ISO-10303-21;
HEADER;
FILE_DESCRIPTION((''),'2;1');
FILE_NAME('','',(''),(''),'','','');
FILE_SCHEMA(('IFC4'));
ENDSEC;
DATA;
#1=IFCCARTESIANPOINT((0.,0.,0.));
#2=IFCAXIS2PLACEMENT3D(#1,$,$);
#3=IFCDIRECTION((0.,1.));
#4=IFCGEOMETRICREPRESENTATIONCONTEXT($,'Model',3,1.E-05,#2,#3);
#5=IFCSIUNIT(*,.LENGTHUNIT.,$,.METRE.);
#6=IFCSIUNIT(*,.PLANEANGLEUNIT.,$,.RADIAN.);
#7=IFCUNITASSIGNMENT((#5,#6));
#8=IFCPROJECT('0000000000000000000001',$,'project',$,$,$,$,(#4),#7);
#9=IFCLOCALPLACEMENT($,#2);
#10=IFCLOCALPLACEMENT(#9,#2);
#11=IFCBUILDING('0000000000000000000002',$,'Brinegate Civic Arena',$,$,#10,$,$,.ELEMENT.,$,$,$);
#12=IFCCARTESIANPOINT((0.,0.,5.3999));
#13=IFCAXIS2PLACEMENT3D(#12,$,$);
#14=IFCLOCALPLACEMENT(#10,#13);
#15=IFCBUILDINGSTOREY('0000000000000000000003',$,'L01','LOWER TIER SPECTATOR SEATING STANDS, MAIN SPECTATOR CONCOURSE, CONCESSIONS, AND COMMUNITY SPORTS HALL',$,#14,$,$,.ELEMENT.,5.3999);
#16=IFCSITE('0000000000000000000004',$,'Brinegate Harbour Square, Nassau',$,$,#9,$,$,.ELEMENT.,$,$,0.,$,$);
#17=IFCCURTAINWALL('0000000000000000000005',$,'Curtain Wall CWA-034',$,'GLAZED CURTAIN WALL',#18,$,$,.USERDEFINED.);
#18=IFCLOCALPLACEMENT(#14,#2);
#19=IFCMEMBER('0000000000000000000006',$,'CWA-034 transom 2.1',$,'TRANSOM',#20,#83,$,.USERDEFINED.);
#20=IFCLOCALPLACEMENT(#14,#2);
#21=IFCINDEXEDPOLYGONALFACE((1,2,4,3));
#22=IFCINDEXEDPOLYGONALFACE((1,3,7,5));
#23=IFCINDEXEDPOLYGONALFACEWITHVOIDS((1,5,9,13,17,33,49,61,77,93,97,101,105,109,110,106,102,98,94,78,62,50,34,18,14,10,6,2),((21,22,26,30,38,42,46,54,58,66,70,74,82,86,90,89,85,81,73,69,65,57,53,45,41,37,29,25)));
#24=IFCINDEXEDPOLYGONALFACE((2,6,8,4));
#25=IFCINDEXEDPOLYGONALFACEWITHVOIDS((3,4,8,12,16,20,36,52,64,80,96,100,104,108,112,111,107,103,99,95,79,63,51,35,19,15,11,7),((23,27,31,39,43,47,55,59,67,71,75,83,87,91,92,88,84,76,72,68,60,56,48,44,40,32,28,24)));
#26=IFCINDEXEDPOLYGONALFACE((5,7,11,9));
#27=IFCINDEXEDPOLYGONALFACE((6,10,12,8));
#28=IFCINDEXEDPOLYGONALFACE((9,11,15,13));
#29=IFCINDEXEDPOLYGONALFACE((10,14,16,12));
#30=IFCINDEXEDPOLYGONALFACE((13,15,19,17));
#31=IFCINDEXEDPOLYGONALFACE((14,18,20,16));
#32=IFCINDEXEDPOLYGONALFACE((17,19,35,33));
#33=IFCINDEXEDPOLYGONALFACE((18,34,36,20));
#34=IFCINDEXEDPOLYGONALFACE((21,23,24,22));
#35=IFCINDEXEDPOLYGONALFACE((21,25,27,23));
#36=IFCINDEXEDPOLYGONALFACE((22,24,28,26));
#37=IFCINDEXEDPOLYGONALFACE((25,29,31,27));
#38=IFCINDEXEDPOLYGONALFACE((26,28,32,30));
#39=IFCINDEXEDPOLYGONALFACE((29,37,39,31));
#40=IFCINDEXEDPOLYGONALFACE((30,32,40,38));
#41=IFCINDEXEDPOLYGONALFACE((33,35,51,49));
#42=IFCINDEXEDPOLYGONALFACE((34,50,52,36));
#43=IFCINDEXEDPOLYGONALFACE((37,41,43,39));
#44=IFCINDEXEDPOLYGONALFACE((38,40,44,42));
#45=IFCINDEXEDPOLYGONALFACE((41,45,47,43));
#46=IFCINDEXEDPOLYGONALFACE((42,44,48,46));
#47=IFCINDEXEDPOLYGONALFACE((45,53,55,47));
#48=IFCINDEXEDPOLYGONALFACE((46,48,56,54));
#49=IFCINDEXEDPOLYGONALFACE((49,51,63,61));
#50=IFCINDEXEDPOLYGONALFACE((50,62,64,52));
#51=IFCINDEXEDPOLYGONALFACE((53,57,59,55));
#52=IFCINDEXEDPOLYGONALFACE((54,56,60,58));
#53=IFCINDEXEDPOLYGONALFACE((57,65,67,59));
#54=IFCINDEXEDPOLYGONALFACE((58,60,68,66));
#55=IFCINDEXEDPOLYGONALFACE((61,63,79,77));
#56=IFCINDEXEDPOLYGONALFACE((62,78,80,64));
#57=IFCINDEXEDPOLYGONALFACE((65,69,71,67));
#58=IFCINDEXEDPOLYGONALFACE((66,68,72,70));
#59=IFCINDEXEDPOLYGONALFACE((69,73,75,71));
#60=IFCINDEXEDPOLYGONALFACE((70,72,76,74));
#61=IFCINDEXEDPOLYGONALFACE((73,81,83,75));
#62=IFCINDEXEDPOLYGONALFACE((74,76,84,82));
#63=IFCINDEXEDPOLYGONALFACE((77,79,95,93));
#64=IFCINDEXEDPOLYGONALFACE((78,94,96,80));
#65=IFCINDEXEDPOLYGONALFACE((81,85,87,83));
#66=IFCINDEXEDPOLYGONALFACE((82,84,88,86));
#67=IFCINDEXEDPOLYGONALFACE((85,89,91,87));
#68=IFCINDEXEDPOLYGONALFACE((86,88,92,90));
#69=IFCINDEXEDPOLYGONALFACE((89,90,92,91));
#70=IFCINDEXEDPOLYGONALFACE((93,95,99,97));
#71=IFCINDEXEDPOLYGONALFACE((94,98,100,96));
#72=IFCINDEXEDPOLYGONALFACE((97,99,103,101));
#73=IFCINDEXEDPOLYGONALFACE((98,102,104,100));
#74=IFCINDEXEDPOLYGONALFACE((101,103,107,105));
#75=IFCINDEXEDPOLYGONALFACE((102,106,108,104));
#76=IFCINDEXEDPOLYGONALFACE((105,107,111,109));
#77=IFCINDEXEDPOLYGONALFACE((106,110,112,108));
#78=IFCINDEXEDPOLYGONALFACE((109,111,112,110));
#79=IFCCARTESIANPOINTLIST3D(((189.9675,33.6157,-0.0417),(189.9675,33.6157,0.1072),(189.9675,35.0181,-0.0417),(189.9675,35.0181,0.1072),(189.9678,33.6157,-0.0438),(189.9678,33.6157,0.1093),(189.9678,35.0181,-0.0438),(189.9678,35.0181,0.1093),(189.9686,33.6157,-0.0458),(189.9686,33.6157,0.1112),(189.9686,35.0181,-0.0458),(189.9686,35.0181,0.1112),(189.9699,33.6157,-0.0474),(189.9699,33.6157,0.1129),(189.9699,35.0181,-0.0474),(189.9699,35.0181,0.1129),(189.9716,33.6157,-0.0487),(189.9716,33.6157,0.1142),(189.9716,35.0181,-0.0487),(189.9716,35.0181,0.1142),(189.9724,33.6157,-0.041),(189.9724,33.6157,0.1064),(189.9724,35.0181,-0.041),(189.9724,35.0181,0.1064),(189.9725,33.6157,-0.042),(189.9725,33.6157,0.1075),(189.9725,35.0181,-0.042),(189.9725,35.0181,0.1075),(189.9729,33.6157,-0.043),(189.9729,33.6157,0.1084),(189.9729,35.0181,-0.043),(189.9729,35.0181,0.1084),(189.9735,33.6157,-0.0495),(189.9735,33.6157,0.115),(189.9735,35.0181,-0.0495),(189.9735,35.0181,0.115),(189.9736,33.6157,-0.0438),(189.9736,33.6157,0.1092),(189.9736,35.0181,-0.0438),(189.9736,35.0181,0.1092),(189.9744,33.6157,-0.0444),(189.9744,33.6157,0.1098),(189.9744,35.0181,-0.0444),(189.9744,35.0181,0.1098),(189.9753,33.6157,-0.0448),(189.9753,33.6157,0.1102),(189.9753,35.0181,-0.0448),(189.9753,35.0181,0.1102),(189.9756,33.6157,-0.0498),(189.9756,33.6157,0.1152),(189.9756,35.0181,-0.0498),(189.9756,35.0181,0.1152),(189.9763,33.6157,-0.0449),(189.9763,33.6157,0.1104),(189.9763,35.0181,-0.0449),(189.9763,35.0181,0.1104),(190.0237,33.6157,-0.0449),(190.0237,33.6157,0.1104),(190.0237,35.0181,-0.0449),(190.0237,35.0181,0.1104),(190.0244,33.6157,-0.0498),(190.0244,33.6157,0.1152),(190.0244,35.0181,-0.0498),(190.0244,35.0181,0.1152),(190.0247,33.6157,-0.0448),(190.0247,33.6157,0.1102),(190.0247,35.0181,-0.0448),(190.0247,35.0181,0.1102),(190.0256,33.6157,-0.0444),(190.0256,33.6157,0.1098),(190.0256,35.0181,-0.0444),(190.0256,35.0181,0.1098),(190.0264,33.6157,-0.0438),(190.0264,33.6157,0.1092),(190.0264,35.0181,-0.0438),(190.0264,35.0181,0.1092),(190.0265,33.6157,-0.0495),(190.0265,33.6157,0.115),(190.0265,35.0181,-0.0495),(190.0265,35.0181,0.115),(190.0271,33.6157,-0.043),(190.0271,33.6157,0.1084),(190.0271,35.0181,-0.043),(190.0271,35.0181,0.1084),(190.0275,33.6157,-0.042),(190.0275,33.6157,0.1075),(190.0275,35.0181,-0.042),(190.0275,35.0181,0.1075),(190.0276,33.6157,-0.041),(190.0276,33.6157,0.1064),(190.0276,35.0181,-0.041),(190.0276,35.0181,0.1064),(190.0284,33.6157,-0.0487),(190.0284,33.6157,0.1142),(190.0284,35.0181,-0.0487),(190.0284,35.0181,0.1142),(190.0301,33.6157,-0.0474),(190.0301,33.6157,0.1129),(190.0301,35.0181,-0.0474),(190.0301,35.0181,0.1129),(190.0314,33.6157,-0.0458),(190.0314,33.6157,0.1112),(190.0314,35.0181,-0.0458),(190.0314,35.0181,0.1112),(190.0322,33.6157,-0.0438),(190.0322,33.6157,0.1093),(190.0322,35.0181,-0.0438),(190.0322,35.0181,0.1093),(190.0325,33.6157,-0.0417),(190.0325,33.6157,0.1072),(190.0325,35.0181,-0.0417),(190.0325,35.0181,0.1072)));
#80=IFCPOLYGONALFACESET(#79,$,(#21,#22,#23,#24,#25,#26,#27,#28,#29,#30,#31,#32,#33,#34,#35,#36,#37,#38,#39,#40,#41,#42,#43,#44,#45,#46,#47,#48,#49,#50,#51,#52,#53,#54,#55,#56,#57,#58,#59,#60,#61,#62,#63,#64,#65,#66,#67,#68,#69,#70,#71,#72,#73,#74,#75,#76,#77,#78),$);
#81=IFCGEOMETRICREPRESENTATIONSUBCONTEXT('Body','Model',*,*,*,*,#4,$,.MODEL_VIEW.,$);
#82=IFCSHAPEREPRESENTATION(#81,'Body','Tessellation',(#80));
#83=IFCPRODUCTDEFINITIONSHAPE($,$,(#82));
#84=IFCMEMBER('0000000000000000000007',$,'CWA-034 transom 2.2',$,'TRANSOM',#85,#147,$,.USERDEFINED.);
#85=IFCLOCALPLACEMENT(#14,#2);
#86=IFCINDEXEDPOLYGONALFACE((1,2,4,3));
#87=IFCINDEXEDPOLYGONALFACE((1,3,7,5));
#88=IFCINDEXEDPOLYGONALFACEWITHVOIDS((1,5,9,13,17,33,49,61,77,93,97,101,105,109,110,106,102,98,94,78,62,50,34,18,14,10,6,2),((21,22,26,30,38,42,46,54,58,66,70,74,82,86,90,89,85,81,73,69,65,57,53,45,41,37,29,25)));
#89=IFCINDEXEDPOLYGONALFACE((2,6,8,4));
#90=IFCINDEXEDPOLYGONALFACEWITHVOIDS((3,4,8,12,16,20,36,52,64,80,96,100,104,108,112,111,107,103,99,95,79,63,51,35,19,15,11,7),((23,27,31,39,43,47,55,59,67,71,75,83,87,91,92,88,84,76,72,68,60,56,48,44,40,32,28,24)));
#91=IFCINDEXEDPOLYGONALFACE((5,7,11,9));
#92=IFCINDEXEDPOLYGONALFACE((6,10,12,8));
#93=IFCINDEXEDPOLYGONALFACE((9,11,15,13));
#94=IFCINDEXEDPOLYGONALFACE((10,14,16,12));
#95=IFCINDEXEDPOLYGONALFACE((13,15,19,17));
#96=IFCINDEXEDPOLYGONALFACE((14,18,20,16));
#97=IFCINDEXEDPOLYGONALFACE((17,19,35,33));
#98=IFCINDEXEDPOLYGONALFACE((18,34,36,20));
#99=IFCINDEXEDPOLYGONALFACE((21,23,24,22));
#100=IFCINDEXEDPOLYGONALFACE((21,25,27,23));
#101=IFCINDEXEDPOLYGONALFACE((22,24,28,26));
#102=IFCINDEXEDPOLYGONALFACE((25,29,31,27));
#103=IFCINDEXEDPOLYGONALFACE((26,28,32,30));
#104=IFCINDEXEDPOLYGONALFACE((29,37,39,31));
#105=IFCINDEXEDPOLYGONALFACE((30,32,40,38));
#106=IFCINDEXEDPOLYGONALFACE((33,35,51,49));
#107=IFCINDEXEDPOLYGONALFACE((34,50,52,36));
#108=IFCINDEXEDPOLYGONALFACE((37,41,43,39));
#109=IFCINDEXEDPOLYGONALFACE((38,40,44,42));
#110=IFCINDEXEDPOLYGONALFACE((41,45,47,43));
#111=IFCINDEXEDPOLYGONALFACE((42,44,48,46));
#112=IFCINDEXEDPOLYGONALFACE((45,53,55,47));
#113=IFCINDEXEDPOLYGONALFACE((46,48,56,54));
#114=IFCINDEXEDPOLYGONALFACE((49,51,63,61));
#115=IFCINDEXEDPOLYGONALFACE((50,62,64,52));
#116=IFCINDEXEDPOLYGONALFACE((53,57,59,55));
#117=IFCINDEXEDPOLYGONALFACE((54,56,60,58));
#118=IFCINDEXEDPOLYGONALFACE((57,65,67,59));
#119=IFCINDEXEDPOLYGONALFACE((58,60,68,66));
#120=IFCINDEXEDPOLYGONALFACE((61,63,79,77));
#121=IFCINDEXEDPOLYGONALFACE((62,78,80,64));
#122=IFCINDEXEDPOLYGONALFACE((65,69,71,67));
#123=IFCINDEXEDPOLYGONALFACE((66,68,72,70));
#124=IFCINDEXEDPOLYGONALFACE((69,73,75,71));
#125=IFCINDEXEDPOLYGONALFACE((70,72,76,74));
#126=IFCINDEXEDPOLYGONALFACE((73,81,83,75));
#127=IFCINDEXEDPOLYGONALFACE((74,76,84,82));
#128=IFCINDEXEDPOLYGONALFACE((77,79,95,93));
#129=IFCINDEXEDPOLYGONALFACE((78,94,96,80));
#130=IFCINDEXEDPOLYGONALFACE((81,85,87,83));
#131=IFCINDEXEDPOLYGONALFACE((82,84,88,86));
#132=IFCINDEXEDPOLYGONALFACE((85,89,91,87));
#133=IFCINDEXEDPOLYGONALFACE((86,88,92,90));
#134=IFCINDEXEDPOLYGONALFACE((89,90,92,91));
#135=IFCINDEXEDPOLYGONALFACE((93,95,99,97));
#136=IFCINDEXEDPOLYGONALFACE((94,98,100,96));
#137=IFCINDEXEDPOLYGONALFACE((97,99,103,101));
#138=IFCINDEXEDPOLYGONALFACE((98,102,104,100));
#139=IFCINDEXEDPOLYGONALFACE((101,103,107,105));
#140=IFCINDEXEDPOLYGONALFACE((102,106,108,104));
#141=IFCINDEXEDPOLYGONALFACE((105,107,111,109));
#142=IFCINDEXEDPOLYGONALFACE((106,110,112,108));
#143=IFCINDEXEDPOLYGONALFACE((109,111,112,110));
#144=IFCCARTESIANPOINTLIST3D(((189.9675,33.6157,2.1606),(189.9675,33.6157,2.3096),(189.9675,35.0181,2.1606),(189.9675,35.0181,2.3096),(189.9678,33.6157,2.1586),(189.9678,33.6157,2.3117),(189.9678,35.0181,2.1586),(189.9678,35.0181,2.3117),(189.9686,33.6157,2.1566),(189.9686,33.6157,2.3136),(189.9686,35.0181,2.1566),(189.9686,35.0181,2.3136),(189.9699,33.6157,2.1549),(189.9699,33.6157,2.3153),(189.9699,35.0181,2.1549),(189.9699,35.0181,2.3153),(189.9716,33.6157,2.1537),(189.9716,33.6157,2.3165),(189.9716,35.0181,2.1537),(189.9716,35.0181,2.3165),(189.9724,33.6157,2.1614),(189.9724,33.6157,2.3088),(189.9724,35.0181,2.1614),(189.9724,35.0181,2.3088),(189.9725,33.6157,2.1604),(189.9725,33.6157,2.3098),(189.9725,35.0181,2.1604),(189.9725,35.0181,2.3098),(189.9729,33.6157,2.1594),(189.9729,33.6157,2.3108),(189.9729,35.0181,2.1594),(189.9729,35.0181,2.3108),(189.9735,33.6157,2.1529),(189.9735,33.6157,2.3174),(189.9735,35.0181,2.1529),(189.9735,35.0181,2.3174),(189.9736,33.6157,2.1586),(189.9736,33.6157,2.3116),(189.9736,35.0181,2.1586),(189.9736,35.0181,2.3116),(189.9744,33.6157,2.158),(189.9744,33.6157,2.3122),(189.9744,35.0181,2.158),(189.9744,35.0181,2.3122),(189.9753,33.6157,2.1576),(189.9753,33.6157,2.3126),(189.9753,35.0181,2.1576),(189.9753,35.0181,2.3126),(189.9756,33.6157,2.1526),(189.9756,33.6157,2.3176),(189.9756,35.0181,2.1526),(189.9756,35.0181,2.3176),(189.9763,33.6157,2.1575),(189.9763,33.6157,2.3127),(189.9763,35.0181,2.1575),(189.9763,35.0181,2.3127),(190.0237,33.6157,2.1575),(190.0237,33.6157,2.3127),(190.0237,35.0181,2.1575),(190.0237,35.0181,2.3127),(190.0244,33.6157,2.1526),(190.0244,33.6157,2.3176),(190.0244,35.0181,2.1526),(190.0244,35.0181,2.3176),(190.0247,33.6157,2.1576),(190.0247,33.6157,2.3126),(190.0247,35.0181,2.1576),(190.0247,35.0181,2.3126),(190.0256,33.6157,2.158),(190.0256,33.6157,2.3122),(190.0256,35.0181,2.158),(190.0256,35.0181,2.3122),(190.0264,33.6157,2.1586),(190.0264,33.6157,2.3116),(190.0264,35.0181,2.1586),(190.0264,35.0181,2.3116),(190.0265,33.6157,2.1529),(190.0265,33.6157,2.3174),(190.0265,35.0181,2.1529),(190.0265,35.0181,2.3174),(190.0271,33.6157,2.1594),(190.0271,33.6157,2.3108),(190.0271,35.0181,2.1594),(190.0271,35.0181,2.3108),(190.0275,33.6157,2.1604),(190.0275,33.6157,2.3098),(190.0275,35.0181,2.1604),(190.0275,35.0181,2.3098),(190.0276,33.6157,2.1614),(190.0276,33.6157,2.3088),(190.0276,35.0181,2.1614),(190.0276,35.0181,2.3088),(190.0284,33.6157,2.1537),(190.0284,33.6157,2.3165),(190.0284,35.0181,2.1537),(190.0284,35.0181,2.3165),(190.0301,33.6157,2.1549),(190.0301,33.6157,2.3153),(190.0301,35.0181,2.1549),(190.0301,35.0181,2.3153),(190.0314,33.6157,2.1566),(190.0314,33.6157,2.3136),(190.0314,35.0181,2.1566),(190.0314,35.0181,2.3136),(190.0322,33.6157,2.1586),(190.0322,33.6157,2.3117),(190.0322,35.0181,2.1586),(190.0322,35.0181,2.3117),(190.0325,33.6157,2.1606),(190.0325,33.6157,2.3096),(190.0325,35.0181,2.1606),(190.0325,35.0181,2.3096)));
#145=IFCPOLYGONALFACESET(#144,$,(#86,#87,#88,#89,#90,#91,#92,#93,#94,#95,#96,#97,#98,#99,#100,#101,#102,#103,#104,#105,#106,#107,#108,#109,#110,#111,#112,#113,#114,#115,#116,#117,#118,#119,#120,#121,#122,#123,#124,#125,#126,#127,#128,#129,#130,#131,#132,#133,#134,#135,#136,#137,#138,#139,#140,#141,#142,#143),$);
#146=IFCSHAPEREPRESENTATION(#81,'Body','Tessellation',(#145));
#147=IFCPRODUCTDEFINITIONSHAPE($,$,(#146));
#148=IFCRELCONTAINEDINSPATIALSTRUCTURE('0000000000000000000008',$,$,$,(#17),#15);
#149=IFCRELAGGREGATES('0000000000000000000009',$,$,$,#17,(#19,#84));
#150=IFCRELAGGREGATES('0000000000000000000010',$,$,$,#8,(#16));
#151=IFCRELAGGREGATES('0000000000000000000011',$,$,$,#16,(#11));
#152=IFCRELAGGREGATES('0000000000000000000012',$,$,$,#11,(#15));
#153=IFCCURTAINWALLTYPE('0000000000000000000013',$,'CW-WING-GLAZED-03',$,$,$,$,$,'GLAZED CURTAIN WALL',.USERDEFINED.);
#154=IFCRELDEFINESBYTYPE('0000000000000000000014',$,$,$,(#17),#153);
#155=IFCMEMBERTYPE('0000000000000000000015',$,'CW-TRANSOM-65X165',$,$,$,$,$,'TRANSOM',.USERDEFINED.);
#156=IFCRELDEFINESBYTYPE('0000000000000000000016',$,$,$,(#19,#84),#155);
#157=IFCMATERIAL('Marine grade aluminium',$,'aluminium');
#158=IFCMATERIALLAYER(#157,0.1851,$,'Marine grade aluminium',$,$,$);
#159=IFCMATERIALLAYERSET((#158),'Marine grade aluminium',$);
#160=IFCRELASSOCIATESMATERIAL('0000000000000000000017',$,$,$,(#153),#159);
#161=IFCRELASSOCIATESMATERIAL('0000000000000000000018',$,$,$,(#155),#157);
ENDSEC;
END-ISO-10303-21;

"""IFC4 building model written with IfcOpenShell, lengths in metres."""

from ifc_helpers import new_model, si_unit, direction, frame, origin, origin_2d, place, context, subcontext, project, spatial, hollow_rectangle, extrude, material, layer, layer_set, material_profile, profile_set, type_object, element, aggregate, save


model = new_model("IFC4")

# Units and contexts
model_context = context("Model", 3, precision=1e-05, world=origin(), true_north=direction((0.0, 1.0)))
body_context = subcontext(model_context, "Body", "Model", "MODEL_VIEW")
ifc_project = project(units=[si_unit("LENGTHUNIT", "METRE"), si_unit("PLANEANGLEUNIT", "RADIAN")], contexts=[model_context])

# Site, building, storey
site_placement = place(None, origin())
site = spatial("IfcSite", under=ifc_project, at=site_placement, Name="Brinegate Harbour Square, Nassau", CompositionType="ELEMENT", RefElevation=0.0)
building_placement = place(site_placement, origin())
building = spatial("IfcBuilding", under=site, at=building_placement, Name="Brinegate Civic Arena", CompositionType="ELEMENT")
storey_placement = place(building_placement, frame((0.0, 0.0, 5.3999)))
storey = spatial("IfcBuildingStorey", under=building, at=storey_placement, Name="L01", Description="LOWER TIER SPECTATOR SEATING STANDS, MAIN SPECTATOR CONCOURSE, CONCESSIONS, AND COMMUNITY SPORTS HALL", CompositionType="ELEMENT", Elevation=5.3999)

# Curtain wall, members
ifc_material_1 = material(Name="Marine grade aluminium", Category="aluminium")
ifc_layer_1 = layer(ifc_material_1, 0.1851, Name="Marine grade aluminium")
ifc_layer_set_1 = layer_set([ifc_layer_1], Name="Marine grade aluminium")
curtain_wall_type = type_object("IfcCurtainWallType", Name="CW-WING-GLAZED-03", ElementType="GLAZED CURTAIN WALL", PredefinedType="USERDEFINED", material=ifc_layer_set_1)
curtain_wall_placement = place(storey_placement, origin())
curtain_wall = element("IfcCurtainWall", 1, at=curtain_wall_placement, inside=storey, type_object=curtain_wall_type, Name="Curtain Wall CWA-034", ObjectType="GLAZED CURTAIN WALL", PredefinedType="USERDEFINED")
ifc_material_profile_1 = material_profile(ifc_material_1, hollow_rectangle(XDim=0.0649, YDim=0.165, WallThickness=0.0049, InnerFilletRadius=0.0039, OuterFilletRadius=0.0081, at=origin_2d()), Name="TRN65X165")
ifc_profile_set_1 = profile_set([ifc_material_profile_1], Name="Marine grade aluminium")
member_type_1 = type_object("IfcMemberType", Name="CW-TRANSOM-65X165", ElementType="TRANSOM", PredefinedType="USERDEFINED", material=ifc_profile_set_1)
member_1_placement = place(storey_placement, frame((190.0, 33.6157, 0.0327), z_axis=(0.0, 1.0, 0.0), x_axis=(-1.0, 0.0, 0.0)))
member_1 = element("IfcMember", 2, at=member_1_placement, type_object=member_type_1, Name="CWA-034 transom 2.1", ObjectType="TRANSOM", PredefinedType="USERDEFINED", context=body_context, shape_type="SweptSolid", body=[
    extrude(hollow_rectangle(XDim=0.0649, YDim=0.165, WallThickness=0.0049, InnerFilletRadius=0.0039, OuterFilletRadius=0.0081, at=origin_2d()), origin(), (0.0, 0.0, 1.0), 1.4023),
])
member_2_placement = place(storey_placement, frame((190.0, 33.6157, 2.2351), z_axis=(0.0, 1.0, 0.0), x_axis=(-1.0, 0.0, 0.0)))
member_2 = element("IfcMember", 3, at=member_2_placement, type_object=member_type_1, Name="CWA-034 transom 2.2", ObjectType="TRANSOM", PredefinedType="USERDEFINED", context=body_context, shape_type="SweptSolid", body=[
    extrude(hollow_rectangle(XDim=0.0649, YDim=0.165, WallThickness=0.0049, InnerFilletRadius=0.0039, OuterFilletRadius=0.0081, at=origin_2d()), origin(), (0.0, 0.0, 1.0), 1.4023),
])
aggregate(curtain_wall, [member_1, member_2])

save(model, "model.ifc")
